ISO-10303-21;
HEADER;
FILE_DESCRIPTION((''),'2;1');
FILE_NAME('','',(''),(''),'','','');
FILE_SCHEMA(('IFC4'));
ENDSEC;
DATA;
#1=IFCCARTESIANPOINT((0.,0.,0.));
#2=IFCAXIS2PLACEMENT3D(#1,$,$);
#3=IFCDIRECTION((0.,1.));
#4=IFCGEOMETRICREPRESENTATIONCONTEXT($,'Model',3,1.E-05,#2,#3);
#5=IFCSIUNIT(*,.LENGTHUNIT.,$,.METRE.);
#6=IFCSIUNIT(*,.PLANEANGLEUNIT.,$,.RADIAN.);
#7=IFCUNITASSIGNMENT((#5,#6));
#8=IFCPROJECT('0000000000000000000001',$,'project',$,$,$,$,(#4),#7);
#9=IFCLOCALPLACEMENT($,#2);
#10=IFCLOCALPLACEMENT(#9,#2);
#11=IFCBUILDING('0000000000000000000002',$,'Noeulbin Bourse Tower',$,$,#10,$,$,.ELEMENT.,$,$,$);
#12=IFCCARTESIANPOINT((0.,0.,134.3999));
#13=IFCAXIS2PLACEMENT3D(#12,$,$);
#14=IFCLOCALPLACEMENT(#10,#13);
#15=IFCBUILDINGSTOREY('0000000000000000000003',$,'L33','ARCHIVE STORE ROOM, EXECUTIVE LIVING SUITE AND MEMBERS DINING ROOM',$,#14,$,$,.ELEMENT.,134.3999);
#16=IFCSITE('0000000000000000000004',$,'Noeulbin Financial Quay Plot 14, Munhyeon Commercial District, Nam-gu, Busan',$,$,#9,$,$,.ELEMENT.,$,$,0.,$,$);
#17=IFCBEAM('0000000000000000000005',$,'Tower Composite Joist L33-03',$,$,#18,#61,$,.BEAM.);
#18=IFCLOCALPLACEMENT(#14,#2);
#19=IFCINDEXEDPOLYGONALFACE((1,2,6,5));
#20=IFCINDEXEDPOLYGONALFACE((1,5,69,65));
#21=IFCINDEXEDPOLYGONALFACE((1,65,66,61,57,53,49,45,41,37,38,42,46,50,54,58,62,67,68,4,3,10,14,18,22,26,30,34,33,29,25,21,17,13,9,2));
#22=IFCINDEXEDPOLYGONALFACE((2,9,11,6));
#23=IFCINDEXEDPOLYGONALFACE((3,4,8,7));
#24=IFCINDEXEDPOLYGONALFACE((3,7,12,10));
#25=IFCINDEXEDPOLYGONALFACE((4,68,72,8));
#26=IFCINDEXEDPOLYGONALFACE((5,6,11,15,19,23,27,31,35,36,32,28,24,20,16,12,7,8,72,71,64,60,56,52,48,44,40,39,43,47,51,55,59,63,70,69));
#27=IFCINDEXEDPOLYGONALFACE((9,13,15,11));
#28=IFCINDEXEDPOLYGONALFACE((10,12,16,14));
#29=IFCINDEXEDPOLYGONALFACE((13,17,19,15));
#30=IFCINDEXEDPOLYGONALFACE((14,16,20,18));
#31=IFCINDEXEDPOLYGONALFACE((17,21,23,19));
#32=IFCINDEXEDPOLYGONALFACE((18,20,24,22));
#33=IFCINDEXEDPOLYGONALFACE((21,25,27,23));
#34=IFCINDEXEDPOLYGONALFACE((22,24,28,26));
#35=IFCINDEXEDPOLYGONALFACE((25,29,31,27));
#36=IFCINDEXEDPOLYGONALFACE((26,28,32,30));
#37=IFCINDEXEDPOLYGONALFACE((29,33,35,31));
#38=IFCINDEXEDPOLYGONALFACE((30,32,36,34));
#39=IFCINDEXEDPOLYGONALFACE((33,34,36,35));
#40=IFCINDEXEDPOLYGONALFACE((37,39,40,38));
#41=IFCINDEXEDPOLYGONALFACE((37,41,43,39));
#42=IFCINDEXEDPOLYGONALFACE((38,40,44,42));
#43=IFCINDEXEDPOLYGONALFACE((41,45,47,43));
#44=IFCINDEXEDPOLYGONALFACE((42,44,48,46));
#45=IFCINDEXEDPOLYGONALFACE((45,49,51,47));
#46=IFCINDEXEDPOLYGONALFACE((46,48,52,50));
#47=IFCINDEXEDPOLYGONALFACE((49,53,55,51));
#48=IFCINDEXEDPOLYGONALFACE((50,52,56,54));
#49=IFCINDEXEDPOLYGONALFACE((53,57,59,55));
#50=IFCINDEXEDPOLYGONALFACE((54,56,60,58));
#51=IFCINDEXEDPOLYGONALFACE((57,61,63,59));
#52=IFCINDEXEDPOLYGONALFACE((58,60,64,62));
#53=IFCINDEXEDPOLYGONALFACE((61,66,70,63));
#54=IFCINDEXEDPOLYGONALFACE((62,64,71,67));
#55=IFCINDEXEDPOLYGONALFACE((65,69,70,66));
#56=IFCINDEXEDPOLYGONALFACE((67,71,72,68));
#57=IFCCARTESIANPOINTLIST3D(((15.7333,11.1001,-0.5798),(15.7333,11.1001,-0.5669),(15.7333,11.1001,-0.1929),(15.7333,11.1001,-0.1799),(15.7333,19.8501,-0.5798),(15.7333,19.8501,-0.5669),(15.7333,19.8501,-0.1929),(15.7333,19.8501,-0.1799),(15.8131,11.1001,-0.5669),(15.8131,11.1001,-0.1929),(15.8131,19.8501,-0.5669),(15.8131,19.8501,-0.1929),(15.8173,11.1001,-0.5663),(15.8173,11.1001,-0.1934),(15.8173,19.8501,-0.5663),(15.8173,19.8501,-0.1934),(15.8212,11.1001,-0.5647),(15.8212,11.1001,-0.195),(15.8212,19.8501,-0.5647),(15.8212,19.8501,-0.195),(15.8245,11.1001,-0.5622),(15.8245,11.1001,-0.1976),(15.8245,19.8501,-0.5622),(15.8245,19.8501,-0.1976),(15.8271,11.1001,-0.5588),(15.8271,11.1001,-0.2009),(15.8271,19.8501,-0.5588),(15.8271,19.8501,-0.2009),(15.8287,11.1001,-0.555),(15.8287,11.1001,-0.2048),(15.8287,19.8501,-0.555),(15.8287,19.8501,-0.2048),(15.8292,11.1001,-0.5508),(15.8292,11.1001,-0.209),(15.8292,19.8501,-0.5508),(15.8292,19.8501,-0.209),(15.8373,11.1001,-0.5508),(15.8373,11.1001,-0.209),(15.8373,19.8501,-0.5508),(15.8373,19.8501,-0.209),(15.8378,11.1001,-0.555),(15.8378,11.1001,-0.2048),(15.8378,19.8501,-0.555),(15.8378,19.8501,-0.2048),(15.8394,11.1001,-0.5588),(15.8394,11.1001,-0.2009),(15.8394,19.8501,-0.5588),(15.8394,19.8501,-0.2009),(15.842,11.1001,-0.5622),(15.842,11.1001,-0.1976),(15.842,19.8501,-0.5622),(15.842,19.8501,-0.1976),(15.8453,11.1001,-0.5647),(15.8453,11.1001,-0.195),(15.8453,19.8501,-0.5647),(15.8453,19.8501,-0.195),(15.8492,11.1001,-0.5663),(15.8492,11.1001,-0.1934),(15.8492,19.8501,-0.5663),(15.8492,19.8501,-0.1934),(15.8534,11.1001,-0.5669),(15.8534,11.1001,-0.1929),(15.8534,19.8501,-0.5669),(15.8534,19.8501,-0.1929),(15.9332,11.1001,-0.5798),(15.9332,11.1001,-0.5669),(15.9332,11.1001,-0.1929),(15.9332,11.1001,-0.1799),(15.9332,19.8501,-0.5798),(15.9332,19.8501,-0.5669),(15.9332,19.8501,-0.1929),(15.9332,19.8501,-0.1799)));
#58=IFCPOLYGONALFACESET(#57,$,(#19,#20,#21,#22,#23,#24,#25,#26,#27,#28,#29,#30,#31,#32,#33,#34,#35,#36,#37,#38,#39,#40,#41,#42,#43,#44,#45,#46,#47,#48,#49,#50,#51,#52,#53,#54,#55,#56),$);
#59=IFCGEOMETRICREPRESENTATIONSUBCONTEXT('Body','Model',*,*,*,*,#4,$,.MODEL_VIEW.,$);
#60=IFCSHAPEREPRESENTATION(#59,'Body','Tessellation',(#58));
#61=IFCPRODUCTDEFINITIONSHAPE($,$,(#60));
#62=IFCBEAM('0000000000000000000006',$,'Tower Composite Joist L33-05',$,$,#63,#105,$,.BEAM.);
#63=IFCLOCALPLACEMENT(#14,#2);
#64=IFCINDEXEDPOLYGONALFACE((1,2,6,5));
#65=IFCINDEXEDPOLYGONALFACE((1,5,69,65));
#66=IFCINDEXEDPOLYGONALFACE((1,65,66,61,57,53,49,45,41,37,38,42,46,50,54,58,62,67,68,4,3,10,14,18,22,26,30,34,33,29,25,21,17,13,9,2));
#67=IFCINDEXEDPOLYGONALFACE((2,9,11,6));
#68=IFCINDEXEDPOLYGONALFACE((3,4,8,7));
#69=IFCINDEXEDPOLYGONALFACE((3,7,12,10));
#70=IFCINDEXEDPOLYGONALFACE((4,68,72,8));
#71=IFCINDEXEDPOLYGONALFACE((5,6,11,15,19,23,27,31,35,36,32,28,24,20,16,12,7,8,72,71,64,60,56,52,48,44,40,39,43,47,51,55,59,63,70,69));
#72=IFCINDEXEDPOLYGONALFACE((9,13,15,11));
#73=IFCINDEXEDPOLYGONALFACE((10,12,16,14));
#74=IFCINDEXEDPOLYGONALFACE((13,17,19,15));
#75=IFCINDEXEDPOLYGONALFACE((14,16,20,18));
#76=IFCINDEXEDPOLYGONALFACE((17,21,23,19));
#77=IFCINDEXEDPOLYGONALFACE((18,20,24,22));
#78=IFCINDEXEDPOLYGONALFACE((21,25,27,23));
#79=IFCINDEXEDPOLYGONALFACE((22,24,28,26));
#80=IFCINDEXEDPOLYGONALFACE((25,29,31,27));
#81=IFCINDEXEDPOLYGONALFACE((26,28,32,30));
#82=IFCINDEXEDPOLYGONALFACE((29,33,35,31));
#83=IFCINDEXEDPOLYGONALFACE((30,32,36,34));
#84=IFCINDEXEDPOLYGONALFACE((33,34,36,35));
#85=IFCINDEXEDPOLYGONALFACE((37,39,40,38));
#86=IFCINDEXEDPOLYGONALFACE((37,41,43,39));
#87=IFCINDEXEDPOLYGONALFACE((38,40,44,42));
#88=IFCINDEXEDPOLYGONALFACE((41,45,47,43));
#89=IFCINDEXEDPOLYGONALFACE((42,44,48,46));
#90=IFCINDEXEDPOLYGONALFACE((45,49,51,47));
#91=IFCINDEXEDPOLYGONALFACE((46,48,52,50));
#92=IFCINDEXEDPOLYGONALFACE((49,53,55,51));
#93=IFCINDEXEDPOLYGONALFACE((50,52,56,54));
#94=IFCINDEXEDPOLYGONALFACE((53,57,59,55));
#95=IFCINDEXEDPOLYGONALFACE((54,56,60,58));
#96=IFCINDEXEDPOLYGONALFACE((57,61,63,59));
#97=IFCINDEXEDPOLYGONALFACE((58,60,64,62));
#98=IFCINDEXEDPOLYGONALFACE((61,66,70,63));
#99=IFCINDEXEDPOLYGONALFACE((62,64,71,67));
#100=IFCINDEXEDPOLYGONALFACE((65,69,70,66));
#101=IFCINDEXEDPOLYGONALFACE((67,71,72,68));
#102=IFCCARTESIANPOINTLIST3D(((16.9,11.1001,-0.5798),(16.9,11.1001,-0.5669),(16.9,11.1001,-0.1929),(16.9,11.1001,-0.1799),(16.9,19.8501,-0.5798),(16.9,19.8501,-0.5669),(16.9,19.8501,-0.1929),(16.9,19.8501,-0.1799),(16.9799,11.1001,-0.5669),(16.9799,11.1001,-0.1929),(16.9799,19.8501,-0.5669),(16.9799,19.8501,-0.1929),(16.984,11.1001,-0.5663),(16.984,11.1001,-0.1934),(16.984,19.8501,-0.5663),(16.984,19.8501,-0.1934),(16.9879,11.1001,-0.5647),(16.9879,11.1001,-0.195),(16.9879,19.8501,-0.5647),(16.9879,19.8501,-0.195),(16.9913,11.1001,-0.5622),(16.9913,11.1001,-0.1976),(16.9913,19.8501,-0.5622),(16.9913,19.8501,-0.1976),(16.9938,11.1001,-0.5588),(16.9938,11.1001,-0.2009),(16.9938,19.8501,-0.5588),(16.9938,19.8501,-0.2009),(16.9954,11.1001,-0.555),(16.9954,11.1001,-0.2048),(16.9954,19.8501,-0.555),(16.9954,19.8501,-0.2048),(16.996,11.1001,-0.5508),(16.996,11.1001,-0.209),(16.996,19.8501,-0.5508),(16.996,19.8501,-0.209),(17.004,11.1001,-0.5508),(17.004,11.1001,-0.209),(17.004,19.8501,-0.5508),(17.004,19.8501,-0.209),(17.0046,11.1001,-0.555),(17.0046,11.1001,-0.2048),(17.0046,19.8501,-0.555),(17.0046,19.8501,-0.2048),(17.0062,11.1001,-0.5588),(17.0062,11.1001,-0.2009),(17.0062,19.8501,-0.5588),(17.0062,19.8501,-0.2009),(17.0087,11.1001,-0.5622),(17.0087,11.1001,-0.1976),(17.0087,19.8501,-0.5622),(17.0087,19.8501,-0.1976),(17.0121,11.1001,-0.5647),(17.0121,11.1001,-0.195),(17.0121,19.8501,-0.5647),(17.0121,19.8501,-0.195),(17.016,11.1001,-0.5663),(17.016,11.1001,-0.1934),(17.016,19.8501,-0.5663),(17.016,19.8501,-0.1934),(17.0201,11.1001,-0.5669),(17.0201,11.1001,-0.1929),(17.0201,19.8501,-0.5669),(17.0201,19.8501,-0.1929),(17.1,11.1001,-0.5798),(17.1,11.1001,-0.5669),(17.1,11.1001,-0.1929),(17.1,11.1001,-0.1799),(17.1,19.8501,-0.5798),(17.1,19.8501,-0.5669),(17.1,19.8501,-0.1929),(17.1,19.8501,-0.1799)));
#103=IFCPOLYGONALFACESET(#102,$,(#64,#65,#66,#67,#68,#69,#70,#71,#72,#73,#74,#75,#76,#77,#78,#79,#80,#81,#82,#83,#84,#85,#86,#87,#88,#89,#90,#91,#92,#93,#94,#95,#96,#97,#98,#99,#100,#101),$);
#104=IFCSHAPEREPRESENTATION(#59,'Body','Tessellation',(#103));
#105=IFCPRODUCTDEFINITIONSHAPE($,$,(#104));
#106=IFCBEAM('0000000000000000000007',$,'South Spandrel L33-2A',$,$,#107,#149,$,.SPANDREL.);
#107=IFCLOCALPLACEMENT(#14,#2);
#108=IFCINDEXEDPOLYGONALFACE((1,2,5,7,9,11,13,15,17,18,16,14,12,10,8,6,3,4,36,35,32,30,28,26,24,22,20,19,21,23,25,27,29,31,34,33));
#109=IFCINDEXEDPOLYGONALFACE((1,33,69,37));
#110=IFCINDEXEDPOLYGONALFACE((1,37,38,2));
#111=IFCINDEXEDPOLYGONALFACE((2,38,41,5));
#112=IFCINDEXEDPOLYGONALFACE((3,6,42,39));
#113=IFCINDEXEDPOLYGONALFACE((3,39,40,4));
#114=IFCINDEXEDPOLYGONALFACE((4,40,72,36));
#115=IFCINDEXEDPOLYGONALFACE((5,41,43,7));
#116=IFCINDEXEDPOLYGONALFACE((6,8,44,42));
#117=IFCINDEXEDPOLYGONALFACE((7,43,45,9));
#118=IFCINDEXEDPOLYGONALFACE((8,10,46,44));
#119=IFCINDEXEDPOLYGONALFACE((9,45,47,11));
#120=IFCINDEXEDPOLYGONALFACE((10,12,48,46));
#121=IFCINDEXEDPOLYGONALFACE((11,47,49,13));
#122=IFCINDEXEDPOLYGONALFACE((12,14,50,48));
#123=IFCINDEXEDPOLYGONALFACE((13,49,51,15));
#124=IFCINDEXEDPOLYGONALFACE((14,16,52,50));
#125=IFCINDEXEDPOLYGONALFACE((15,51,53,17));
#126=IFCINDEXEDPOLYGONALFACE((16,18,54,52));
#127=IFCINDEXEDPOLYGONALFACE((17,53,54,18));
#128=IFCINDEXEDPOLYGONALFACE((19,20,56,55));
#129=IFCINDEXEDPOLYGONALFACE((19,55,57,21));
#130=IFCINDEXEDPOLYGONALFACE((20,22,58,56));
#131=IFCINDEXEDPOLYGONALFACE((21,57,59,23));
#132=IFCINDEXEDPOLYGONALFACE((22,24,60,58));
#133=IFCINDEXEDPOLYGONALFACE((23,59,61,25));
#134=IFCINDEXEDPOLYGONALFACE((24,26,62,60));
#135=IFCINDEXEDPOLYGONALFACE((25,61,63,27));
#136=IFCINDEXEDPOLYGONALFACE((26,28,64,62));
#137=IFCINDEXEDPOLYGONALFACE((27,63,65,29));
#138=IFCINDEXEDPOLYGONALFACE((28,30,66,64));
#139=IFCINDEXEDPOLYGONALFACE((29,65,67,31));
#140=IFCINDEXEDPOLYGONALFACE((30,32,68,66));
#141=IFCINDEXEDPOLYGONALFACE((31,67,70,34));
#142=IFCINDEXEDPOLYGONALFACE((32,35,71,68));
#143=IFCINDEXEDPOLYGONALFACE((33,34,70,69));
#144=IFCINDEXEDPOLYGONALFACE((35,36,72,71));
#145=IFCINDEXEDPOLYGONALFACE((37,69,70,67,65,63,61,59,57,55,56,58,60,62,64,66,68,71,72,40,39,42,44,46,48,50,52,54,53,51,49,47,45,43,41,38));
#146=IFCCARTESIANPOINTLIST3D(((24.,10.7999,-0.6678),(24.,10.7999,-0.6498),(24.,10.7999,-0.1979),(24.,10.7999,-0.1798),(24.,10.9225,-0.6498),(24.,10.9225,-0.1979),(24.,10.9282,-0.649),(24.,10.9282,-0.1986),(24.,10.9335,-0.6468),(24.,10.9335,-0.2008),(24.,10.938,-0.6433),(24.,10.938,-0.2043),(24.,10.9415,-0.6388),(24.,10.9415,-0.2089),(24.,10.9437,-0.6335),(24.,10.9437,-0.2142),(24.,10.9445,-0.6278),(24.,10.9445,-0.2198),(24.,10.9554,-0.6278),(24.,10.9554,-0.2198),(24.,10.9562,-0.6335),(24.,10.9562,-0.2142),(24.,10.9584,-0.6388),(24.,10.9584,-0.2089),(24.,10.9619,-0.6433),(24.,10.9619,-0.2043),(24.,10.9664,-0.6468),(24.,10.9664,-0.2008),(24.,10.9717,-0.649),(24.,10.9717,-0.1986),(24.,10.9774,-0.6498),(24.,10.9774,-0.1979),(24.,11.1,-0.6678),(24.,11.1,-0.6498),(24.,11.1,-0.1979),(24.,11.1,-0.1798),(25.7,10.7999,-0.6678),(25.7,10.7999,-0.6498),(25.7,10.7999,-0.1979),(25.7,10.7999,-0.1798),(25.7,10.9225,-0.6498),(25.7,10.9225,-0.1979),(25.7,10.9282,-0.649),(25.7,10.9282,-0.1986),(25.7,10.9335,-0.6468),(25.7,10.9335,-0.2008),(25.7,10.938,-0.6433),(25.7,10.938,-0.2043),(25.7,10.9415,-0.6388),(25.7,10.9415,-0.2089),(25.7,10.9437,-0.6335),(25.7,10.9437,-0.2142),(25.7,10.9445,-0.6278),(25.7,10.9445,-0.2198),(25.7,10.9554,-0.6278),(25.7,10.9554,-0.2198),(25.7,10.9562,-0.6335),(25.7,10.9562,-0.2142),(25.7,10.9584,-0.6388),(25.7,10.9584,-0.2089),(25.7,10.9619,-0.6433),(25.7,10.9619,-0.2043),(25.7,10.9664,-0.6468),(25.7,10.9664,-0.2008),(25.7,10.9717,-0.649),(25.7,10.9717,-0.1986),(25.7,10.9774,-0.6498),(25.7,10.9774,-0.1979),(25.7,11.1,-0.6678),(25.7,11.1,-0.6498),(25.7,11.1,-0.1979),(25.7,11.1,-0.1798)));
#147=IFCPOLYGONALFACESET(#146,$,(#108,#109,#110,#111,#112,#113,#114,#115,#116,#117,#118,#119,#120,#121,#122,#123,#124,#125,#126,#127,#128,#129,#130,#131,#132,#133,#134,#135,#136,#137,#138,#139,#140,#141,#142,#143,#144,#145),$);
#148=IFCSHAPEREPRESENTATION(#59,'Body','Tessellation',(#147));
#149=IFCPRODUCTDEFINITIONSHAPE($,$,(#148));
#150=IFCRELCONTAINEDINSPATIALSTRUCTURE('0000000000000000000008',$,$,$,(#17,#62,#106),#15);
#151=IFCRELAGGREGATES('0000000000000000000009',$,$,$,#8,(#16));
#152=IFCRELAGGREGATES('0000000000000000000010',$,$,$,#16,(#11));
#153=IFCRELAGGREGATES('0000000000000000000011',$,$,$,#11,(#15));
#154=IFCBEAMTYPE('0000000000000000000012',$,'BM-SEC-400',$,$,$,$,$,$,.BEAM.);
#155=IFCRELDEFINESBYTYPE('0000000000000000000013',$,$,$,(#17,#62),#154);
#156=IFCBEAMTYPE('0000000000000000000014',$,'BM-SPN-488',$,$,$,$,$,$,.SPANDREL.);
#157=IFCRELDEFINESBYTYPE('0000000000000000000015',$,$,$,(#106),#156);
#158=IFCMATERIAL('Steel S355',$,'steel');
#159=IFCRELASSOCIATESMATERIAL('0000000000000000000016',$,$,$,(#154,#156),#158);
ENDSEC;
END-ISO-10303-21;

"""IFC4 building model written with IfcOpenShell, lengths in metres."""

from ifc_helpers import new_model, si_unit, direction, frame, origin, origin_2d, place, context, subcontext, project, spatial, i_section, extrude, material, material_profile, profile_set, type_object, element, save


model = new_model("IFC4")

# Units and contexts
model_context = context("Model", 3, precision=1e-05, world=origin(), true_north=direction((0.0, 1.0)))
body_context = subcontext(model_context, "Body", "Model", "MODEL_VIEW")
ifc_project = project(units=[si_unit("LENGTHUNIT", "METRE"), si_unit("PLANEANGLEUNIT", "RADIAN")], contexts=[model_context])

# Site, building, storey
site_placement = place(None, origin())
site = spatial("IfcSite", under=ifc_project, at=site_placement, Name="Noeulbin Financial Quay Plot 14, Munhyeon Commercial District, Nam-gu, Busan", CompositionType="ELEMENT", RefElevation=0.0)
building_placement = place(site_placement, origin())
building = spatial("IfcBuilding", under=site, at=building_placement, Name="Noeulbin Bourse Tower", CompositionType="ELEMENT")
storey_placement = place(building_placement, frame((0.0, 0.0, 134.3999)))
storey = spatial("IfcBuildingStorey", under=building, at=storey_placement, Name="L33", Description="ARCHIVE STORE ROOM, EXECUTIVE LIVING SUITE AND MEMBERS DINING ROOM", CompositionType="ELEMENT", Elevation=134.3999)

# Shared definitions
ifc_material_1 = material(Name="Steel S355", Category="steel")

# Beams
ifc_material_profile_1 = material_profile(ifc_material_1, i_section(OverallWidth=0.2, OverallDepth=0.3999, WebThickness=0.0081, FlangeThickness=0.0129, FilletRadius=0.0161, at=origin_2d()), Name="H-400x200x8x13", Category="LoadBearing")
ifc_profile_set_1 = profile_set([ifc_material_profile_1], Name="Steel S355")
beam_type_1 = type_object("IfcBeamType", Name="BM-SEC-400", PredefinedType="BEAM", material=ifc_profile_set_1)
for number, where, z_axis, x_axis, name in (
    (1, (15.8333, 11.1001, -0.3799), (0.0, 1.0, 0.0), (-1.0, 0.0, 0.0), "Tower Composite Joist L33-03"),
    (2, (17.0, 11.1001, -0.3799), (0.0, 1.0, 0.0), (-1.0, 0.0, 0.0), "Tower Composite Joist L33-05"),
):
    element("IfcBeam", number, at=place(storey_placement, frame(where, z_axis=z_axis, x_axis=x_axis)), inside=storey, type_object=beam_type_1, Name=name, PredefinedType="BEAM", context=body_context, shape_type="SweptSolid", body=[
        extrude(i_section(OverallWidth=0.2, OverallDepth=0.3999, WebThickness=0.0081, FlangeThickness=0.0129, FilletRadius=0.0161, at=origin_2d()), origin(), (0.0, 0.0, 1.0), 8.75),
    ])
ifc_material_profile_2 = material_profile(ifc_material_1, i_section(OverallWidth=0.3, OverallDepth=0.488, WebThickness=0.011, FlangeThickness=0.0181, FilletRadius=0.022, at=origin_2d()), Name="H-488x300x11x18", Category="LoadBearing")
ifc_profile_set_2 = profile_set([ifc_material_profile_2], Name="Steel S355")
beam_type_2 = type_object("IfcBeamType", Name="BM-SPN-488", PredefinedType="SPANDREL", material=ifc_profile_set_2)
beam_1_placement = place(storey_placement, frame((24.0, 10.95, -0.4238), z_axis=(1.0, 0.0, 0.0), x_axis=(0.0, 1.0, 0.0)))
element("IfcBeam", 3, at=beam_1_placement, inside=storey, type_object=beam_type_2, Name="South Spandrel L33-2A", PredefinedType="SPANDREL", context=body_context, shape_type="SweptSolid", body=[
    extrude(i_section(OverallWidth=0.3, OverallDepth=0.488, WebThickness=0.011, FlangeThickness=0.0181, FilletRadius=0.022, at=origin_2d()), origin(), (0.0, 0.0, 1.0), 1.7),
])

save(model, "model.ifc")
